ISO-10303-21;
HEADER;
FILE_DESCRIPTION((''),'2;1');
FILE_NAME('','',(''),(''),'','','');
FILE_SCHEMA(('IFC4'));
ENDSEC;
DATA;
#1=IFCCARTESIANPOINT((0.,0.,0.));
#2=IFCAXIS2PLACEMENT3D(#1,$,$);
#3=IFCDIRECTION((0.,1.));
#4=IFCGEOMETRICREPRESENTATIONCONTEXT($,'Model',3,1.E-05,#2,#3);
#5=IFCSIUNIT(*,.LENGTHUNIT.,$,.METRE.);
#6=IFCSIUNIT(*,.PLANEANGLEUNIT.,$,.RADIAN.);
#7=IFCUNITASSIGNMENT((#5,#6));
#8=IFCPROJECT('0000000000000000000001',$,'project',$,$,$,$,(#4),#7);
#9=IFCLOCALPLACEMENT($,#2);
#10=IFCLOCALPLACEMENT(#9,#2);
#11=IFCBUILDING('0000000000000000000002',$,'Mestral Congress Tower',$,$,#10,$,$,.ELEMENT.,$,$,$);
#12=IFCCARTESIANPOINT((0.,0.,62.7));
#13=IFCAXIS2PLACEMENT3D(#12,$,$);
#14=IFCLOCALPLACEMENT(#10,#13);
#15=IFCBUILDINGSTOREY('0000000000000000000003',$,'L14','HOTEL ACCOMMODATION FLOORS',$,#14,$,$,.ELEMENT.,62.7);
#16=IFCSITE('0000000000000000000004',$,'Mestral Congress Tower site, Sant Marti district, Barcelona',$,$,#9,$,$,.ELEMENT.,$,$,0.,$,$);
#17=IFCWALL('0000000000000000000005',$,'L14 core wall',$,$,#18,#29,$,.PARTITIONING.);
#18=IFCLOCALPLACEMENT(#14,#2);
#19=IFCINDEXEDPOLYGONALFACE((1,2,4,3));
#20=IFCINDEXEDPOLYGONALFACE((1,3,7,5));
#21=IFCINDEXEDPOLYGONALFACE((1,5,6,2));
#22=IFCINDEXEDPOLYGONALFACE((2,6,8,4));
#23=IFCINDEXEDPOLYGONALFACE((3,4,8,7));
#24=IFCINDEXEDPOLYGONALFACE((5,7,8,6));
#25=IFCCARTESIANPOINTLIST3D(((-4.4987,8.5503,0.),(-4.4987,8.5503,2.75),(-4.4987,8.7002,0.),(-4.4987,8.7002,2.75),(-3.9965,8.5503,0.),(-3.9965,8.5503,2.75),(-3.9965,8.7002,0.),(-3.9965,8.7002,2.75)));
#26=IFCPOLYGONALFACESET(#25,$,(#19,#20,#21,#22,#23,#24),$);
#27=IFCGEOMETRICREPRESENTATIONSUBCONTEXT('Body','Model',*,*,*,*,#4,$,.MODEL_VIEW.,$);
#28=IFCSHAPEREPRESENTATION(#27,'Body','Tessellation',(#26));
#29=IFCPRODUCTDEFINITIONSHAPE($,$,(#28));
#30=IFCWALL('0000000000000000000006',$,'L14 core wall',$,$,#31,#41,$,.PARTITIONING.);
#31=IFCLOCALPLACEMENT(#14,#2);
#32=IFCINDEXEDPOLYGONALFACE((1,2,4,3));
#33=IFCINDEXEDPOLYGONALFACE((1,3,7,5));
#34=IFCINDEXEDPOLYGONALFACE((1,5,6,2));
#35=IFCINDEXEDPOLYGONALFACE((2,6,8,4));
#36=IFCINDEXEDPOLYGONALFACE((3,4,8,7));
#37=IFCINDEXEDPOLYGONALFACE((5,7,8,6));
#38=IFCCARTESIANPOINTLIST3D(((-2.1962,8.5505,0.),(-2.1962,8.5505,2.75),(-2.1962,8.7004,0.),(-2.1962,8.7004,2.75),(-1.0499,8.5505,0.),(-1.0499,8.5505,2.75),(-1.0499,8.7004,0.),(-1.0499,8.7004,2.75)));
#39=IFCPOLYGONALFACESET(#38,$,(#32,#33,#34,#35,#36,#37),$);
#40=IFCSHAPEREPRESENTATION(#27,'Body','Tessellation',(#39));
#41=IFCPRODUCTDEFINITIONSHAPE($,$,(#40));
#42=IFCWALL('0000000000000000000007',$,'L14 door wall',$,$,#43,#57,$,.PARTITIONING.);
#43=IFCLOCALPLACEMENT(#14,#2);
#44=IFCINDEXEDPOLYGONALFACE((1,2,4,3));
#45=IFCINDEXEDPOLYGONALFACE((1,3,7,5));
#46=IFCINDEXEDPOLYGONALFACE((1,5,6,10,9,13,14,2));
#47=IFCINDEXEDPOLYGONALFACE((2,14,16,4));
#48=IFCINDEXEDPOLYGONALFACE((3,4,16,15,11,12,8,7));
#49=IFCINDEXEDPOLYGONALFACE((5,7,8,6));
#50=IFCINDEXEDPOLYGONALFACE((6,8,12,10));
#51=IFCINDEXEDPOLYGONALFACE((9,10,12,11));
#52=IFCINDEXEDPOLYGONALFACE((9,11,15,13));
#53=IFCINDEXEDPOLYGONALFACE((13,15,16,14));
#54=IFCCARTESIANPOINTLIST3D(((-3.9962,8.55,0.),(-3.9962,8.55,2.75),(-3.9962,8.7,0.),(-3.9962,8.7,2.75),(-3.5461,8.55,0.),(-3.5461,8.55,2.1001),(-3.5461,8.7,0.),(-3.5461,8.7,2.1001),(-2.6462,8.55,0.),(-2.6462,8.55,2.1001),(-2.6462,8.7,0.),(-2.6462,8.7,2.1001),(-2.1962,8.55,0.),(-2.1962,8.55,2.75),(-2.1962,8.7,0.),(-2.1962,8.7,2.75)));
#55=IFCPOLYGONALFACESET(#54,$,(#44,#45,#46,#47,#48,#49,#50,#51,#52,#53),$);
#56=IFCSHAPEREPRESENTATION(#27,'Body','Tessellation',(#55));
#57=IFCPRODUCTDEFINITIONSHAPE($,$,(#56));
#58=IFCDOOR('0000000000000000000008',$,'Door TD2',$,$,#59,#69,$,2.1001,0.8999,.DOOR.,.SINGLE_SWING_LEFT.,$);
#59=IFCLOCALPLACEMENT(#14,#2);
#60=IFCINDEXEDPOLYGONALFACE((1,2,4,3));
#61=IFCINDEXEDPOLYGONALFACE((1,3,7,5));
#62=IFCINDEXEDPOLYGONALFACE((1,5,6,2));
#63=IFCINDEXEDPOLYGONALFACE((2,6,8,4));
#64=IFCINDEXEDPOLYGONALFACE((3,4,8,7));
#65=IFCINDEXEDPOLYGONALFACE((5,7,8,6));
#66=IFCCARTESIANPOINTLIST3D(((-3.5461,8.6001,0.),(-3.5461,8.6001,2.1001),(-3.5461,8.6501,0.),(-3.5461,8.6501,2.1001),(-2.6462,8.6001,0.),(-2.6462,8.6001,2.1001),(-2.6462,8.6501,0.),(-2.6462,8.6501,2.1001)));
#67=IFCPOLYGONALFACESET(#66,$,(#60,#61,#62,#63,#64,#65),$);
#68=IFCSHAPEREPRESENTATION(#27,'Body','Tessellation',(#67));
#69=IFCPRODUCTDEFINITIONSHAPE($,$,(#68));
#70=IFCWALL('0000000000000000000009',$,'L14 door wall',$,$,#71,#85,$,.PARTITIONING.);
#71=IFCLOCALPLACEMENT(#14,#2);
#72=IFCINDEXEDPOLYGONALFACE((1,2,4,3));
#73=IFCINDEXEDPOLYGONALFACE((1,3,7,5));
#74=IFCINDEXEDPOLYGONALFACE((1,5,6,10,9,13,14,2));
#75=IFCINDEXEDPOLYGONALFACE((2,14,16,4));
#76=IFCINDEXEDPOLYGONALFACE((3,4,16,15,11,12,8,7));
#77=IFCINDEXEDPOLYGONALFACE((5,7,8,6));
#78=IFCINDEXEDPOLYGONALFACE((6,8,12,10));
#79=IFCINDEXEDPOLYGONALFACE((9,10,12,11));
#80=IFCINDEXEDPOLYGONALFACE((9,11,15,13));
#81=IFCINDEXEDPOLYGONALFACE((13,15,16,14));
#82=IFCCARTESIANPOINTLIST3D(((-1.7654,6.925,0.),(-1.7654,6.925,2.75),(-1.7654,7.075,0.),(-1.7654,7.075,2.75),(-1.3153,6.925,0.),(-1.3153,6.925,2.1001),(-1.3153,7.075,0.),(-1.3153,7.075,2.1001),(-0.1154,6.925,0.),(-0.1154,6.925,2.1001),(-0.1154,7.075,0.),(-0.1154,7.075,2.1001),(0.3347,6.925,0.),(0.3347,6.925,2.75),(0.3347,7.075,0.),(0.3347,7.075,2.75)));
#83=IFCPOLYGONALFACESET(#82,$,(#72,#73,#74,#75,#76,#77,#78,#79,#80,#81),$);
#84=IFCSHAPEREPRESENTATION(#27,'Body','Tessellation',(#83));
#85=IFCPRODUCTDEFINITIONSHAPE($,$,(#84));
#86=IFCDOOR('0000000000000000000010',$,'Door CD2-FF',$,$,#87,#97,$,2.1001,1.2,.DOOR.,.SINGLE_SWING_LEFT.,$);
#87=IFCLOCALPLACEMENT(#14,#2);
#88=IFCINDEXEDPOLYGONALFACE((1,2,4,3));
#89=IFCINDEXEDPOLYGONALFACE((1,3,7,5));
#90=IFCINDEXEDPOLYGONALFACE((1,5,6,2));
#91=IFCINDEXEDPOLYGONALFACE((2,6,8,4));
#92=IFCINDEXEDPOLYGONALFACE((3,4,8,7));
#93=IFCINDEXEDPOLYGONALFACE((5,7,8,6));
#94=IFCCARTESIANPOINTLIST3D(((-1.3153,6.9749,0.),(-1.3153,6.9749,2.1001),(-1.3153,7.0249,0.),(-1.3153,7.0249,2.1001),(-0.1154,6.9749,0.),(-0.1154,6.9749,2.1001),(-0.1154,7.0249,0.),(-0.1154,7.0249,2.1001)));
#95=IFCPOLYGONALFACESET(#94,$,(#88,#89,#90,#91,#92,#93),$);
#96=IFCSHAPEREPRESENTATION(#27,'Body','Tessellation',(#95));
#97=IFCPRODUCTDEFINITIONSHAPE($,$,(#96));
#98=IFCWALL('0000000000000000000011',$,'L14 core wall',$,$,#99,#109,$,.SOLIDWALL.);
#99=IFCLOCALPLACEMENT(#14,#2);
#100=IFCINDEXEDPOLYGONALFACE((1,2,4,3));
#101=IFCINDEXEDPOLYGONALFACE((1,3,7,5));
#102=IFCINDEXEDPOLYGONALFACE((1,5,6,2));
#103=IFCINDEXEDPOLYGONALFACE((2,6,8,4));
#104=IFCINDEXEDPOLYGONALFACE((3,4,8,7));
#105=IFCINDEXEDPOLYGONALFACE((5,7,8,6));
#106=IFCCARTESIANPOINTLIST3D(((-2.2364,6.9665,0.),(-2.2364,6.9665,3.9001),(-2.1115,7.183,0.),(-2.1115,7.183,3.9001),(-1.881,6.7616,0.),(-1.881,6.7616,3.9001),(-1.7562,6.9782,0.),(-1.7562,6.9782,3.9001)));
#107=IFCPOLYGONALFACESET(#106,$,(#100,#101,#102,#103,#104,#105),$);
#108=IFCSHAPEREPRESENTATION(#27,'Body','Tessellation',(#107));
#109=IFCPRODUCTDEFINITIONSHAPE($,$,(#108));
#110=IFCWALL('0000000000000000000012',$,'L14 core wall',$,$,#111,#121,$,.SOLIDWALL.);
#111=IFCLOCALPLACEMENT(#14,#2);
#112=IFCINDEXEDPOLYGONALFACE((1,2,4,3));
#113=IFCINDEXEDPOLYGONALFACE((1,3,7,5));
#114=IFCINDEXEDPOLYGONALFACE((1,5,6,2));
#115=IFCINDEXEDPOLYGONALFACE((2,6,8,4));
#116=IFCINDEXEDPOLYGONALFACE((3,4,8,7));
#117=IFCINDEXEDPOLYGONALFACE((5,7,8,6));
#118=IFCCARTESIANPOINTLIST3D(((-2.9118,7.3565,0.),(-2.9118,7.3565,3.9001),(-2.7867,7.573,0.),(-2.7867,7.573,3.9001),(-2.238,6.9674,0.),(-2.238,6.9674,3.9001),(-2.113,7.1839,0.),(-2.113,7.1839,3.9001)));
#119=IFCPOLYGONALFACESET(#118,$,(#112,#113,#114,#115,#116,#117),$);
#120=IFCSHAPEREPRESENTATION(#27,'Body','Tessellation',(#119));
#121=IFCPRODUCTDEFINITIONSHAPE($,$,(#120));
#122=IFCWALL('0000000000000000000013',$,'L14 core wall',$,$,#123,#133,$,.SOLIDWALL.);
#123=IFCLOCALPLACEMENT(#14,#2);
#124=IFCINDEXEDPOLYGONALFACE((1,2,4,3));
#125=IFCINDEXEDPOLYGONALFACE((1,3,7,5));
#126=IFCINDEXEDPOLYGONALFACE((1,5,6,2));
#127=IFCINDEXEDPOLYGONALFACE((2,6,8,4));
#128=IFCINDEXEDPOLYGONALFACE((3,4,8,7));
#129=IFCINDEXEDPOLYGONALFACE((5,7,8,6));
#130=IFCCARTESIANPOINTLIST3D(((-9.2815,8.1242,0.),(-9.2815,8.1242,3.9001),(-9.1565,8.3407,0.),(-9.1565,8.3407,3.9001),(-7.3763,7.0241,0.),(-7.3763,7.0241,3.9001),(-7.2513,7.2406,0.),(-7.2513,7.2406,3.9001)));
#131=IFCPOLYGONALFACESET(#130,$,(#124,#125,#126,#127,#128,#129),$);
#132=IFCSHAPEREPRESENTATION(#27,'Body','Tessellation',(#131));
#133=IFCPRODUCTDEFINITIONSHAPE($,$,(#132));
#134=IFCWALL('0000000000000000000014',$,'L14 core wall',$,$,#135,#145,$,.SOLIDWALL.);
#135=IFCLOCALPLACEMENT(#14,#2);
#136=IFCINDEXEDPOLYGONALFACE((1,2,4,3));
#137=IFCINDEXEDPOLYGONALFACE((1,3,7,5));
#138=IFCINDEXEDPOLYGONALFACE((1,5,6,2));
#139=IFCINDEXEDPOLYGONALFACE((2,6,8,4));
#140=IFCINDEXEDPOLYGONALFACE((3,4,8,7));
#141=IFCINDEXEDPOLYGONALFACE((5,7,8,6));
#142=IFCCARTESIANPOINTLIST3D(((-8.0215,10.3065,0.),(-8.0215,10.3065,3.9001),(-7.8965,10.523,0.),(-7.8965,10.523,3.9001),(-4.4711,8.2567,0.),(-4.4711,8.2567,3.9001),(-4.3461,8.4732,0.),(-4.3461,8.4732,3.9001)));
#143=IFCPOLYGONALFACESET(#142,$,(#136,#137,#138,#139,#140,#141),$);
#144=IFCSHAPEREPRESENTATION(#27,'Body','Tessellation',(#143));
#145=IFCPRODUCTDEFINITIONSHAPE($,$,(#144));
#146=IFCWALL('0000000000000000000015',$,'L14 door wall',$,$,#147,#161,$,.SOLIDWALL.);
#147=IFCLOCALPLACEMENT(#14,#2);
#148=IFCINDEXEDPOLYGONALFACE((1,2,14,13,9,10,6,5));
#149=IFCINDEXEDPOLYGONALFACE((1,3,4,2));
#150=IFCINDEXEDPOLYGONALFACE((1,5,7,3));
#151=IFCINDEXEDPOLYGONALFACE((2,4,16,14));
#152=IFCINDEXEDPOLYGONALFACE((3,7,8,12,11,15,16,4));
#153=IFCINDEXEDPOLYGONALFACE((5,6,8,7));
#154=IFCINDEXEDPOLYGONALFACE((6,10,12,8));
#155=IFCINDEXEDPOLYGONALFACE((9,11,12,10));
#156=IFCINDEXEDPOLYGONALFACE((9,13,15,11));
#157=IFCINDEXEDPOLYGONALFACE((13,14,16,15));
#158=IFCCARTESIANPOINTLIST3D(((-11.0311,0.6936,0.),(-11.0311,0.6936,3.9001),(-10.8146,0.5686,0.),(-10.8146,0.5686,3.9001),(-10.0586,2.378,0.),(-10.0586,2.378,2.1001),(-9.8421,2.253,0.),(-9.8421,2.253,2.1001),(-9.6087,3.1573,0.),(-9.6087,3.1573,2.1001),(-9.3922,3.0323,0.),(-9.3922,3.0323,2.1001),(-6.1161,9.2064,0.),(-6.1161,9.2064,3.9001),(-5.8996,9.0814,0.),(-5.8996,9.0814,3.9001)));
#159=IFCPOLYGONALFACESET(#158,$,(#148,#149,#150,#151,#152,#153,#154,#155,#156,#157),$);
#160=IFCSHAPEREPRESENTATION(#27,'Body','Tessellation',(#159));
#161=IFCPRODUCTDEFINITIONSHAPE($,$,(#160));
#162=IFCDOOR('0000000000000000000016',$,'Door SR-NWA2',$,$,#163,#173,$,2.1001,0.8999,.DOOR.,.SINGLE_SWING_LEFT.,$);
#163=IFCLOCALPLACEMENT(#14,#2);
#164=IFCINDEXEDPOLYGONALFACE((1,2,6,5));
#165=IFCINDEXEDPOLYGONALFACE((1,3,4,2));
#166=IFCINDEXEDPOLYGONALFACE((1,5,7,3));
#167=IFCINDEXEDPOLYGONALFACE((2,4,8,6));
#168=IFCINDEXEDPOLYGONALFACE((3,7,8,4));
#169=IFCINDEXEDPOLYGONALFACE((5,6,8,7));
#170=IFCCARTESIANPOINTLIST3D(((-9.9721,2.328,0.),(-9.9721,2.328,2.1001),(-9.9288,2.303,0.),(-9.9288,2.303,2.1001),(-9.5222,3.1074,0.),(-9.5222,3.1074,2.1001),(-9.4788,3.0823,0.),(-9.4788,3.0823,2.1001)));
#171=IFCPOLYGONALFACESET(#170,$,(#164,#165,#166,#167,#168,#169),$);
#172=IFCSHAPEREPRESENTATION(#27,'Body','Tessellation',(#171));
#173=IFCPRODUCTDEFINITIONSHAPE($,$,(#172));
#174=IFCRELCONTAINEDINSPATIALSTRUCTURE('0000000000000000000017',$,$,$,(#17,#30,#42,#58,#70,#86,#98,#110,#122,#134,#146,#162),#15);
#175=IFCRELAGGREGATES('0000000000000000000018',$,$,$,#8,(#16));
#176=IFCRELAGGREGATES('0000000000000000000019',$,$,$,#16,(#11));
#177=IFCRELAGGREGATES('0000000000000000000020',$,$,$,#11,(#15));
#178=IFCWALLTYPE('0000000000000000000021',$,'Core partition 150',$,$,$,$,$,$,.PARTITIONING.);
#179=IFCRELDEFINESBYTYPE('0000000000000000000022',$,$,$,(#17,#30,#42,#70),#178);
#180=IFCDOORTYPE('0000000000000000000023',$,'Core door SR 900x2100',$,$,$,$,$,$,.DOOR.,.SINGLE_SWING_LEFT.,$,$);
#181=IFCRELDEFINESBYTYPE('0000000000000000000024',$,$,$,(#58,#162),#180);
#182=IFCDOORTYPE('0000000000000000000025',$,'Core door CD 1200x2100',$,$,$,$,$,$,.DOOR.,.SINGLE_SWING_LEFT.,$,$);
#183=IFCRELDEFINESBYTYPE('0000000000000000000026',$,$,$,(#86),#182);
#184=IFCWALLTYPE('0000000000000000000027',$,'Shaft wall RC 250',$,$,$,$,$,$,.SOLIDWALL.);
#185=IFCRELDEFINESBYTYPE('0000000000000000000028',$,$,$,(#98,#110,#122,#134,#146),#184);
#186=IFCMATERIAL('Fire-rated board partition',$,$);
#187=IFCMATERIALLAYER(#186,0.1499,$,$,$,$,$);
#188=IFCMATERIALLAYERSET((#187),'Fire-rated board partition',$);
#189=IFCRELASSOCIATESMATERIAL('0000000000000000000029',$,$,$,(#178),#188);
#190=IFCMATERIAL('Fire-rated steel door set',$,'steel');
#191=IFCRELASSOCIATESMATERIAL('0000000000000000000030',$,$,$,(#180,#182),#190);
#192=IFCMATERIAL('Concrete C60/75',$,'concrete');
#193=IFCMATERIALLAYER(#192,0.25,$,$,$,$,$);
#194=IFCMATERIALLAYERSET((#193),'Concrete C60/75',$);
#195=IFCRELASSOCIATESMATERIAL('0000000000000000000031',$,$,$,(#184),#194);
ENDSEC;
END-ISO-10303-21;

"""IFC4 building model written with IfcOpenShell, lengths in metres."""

from ifc_helpers import new_model, si_unit, direction, frame, frame_2d, origin, place, context, subcontext, project, spatial, rectangle, extrude, material, layer, layer_set, type_object, element, fill, save


model = new_model("IFC4")

# Units and contexts
model_context = context("Model", 3, precision=1e-05, world=origin(), true_north=direction((0.0, 1.0)))
body_context = subcontext(model_context, "Body", "Model", "MODEL_VIEW")
ifc_project = project(units=[si_unit("LENGTHUNIT", "METRE"), si_unit("PLANEANGLEUNIT", "RADIAN")], contexts=[model_context])

# Site, building, storey
site_placement = place(None, origin())
site = spatial("IfcSite", under=ifc_project, at=site_placement, Name="Mestral Congress Tower site, Sant Marti district, Barcelona", CompositionType="ELEMENT", RefElevation=0.0)
building_placement = place(site_placement, origin())
building = spatial("IfcBuilding", under=site, at=building_placement, Name="Mestral Congress Tower", CompositionType="ELEMENT")
storey_placement = place(building_placement, frame((0.0, 0.0, 62.7)))
storey = spatial("IfcBuildingStorey", under=building, at=storey_placement, Name="L14", Description="HOTEL ACCOMMODATION FLOORS", CompositionType="ELEMENT", Elevation=62.7)

# Walls
ifc_material_1 = material(Name="Fire-rated board partition")
ifc_layer_1 = layer(ifc_material_1, 0.1499)
ifc_layer_set_1 = layer_set([ifc_layer_1], Name="Fire-rated board partition")
wall_type_1 = type_object("IfcWallType", Name="Core partition 150", PredefinedType="PARTITIONING", material=ifc_layer_set_1)
wall_1_placement = place(storey_placement, frame((-3.9966, 8.6252, 0.0), z_axis=(0.0, 0.0, 1.0), x_axis=(-1.0, 0.0, 0.0)))
element("IfcWall", 1, at=wall_1_placement, inside=storey, type_object=wall_type_1, Name="L14 core wall", PredefinedType="PARTITIONING", context=body_context, shape_type="SweptSolid", body=[
    extrude(rectangle(XDim=0.5022, YDim=0.1499, at=frame_2d((0.251, 0.0))), origin(), (0.0, 0.0, 1.0), 2.75),
])
wall_2_placement = place(storey_placement, frame((-2.1963, 8.6255, 0.0), z_axis=(0.0, 0.0, 1.0), x_axis=(1.0, 0.0, 0.0)))
element("IfcWall", 2, at=wall_2_placement, inside=storey, type_object=wall_type_1, Name="L14 core wall", PredefinedType="PARTITIONING", context=body_context, shape_type="SweptSolid", body=[
    extrude(rectangle(XDim=1.1462, YDim=0.1499, at=frame_2d((0.5732, 0.0))), origin(), (0.0, 0.0, 1.0), 2.75),
])

# Walls, openings, doors
wall_3_placement = place(storey_placement, frame((-2.1963, 8.625, 0.0), z_axis=(0.0, 0.0, 1.0), x_axis=(-1.0, 0.0, 0.0)))
wall_3 = element("IfcWall", 3, at=wall_3_placement, inside=storey, type_object=wall_type_1, Name="L14 door wall", PredefinedType="PARTITIONING", context=body_context, shape_type="SweptSolid", body=[
    extrude(rectangle(XDim=1.8, YDim=0.1499, at=frame_2d((0.8999, 0.0))), origin(), (0.0, 0.0, 1.0), 2.75),
])
opening_1_placement = place(wall_3_placement, frame((0.45, 0.0, 0.0)))
opening_1 = element("IfcOpeningElement", 4, at=opening_1_placement, cuts=wall_3, PredefinedType="OPENING", context=body_context, shape_type="SweptSolid", body=[
    extrude(rectangle(XDim=0.8999, YDim=2.1001, at=frame_2d((0.45, 1.05))), frame((0.0, 0.085, 0.0), z_axis=(0.0, -1.0, 0.0), x_axis=(1.0, 0.0, 0.0)), (0.0, 0.0, 1.0), 0.1699),
])
ifc_material_2 = material(Name="Fire-rated steel door set", Category="steel")
door_type_1 = type_object("IfcDoorType", Name="Core door SR 900x2100", OperationType="SINGLE_SWING_LEFT", PredefinedType="DOOR", material=ifc_material_2)
door_1_placement = place(opening_1_placement, origin())
door_1 = element("IfcDoor", 5, at=door_1_placement, inside=storey, type_object=door_type_1, Name="Door TD2", OperationType="SINGLE_SWING_LEFT", OverallHeight=2.1001, OverallWidth=0.8999, PredefinedType="DOOR", context=body_context, shape_type="SweptSolid", body=[
    extrude(rectangle(XDim=0.8999, YDim=2.1001, at=frame_2d((0.45, 1.05))), frame((0.0, 0.0249, 0.0), z_axis=(0.0, -1.0, 0.0), x_axis=(1.0, 0.0, 0.0)), (0.0, 0.0, 1.0), 0.05),
])
fill(opening_1, door_1)
wall_4_placement = place(storey_placement, frame((-1.7654, 7.0, 0.0), z_axis=(0.0, 0.0, 1.0), x_axis=(1.0, 0.0, 0.0)))
wall_4 = element("IfcWall", 6, at=wall_4_placement, inside=storey, type_object=wall_type_1, Name="L14 door wall", PredefinedType="PARTITIONING", context=body_context, shape_type="SweptSolid", body=[
    extrude(rectangle(XDim=2.1001, YDim=0.1499, at=frame_2d((1.05, 0.0))), origin(), (0.0, 0.0, 1.0), 2.75),
])
opening_2_placement = place(wall_4_placement, frame((0.45, 0.0, 0.0)))
opening_2 = element("IfcOpeningElement", 7, at=opening_2_placement, cuts=wall_4, PredefinedType="OPENING", context=body_context, shape_type="SweptSolid", body=[
    extrude(rectangle(XDim=1.2, YDim=2.1001, at=frame_2d((0.6001, 1.05))), frame((0.0, 0.085, 0.0), z_axis=(0.0, -1.0, 0.0), x_axis=(1.0, 0.0, 0.0)), (0.0, 0.0, 1.0), 0.1699),
])
door_type_2 = type_object("IfcDoorType", Name="Core door CD 1200x2100", OperationType="SINGLE_SWING_LEFT", PredefinedType="DOOR", material=ifc_material_2)
door_2_placement = place(opening_2_placement, origin())
door_2 = element("IfcDoor", 8, at=door_2_placement, inside=storey, type_object=door_type_2, Name="Door CD2-FF", OperationType="SINGLE_SWING_LEFT", OverallHeight=2.1001, OverallWidth=1.2, PredefinedType="DOOR", context=body_context, shape_type="SweptSolid", body=[
    extrude(rectangle(XDim=1.2, YDim=2.1001, at=frame_2d((0.6001, 1.05))), frame((0.0, 0.0249, 0.0), z_axis=(0.0, -1.0, 0.0), x_axis=(1.0, 0.0, 0.0)), (0.0, 0.0, 1.0), 0.05),
])
fill(opening_2, door_2)

# Walls
ifc_material_3 = material(Name="Concrete C60/75", Category="concrete")
ifc_layer_2 = layer(ifc_material_3, 0.25)
ifc_layer_set_2 = layer_set([ifc_layer_2], Name="Concrete C60/75")
wall_type_2 = type_object("IfcWallType", Name="Shaft wall RC 250", PredefinedType="SOLIDWALL", material=ifc_layer_set_2)
wall_5_placement = place(storey_placement, frame((-1.8186, 6.8699, 0.0), z_axis=(0.0, 0.0, 1.0), x_axis=(-0.866295, 0.499533, 0.0)))
element("IfcWall", 9, at=wall_5_placement, inside=storey, type_object=wall_type_2, Name="L14 core wall", PredefinedType="SOLIDWALL", context=body_context, shape_type="SweptSolid", body=[
    extrude(rectangle(XDim=0.4102, YDim=0.25, at=frame_2d((0.2051, 0.0))), origin(), (0.0, 0.0, 1.0), 3.9001),
])
wall_6_placement = place(storey_placement, frame((-2.8494, 7.4648, 0.0), z_axis=(0.0, 0.0, 1.0), x_axis=(0.865956, -0.500121, 0.0)))
element("IfcWall", 10, at=wall_6_placement, inside=storey, type_object=wall_type_2, Name="L14 core wall", PredefinedType="SOLIDWALL", context=body_context, shape_type="SweptSolid", body=[
    extrude(rectangle(XDim=0.7781, YDim=0.25, at=frame_2d((0.3892, 0.0))), origin(), (0.0, 0.0, 1.0), 3.9001),
])
wall_7_placement = place(storey_placement, frame((-7.3137, 7.1323, 0.0), z_axis=(0.0, 0.0, 1.0), x_axis=(-0.866008, 0.50003, 0.0)))
element("IfcWall", 11, at=wall_7_placement, inside=storey, type_object=wall_type_2, Name="L14 core wall", PredefinedType="SOLIDWALL", context=body_context, shape_type="SweptSolid", body=[
    extrude(rectangle(XDim=2.2, YDim=0.25, at=frame_2d((1.1001, 0.0))), origin(), (0.0, 0.0, 1.0), 3.9001),
])
wall_8_placement = place(storey_placement, frame((-7.959, 10.4148, 0.0), z_axis=(0.0, 0.0, 1.0), x_axis=(0.866021, -0.500008, 0.0)))
element("IfcWall", 12, at=wall_8_placement, inside=storey, type_object=wall_type_2, Name="L14 core wall", PredefinedType="SOLIDWALL", context=body_context, shape_type="SweptSolid", body=[
    extrude(rectangle(XDim=4.0996, YDim=0.25, at=frame_2d((2.0498, 0.0))), origin(), (0.0, 0.0, 1.0), 3.9001),
])

# Wall, opening, door
wall_9_placement = place(storey_placement, frame((-6.0078, 9.144, 0.0), z_axis=(0.0, 0.0, 1.0), x_axis=(-0.500007, -0.866021, 0.0)))
wall_9 = element("IfcWall", 13, at=wall_9_placement, inside=storey, type_object=wall_type_2, Name="L14 door wall", PredefinedType="SOLIDWALL", context=body_context, shape_type="SweptSolid", body=[
    extrude(rectangle(XDim=9.8298, YDim=0.25, at=frame_2d((4.915, 0.0))), origin(), (0.0, 0.0, 1.0), 3.9001),
])
opening_3_placement = place(wall_9_placement, frame((6.9851, 0.0, 0.0)))
opening_3 = element("IfcOpeningElement", 14, at=opening_3_placement, cuts=wall_9, PredefinedType="OPENING", context=body_context, shape_type="SweptSolid", body=[
    extrude(rectangle(XDim=0.8999, YDim=2.1001, at=frame_2d((0.45, 1.05))), frame((0.0, 0.135, 0.0), z_axis=(0.0, -1.0, 0.0), x_axis=(1.0, 0.0, 0.0)), (0.0, 0.0, 1.0), 0.27),
])
door_3_placement = place(opening_3_placement, origin())
door_3 = element("IfcDoor", 15, at=door_3_placement, inside=storey, type_object=door_type_1, Name="Door SR-NWA2", OperationType="SINGLE_SWING_LEFT", OverallHeight=2.1001, OverallWidth=0.8999, PredefinedType="DOOR", context=body_context, shape_type="SweptSolid", body=[
    extrude(rectangle(XDim=0.8999, YDim=2.1001, at=frame_2d((0.45, 1.05))), frame((0.0, 0.0249, 0.0), z_axis=(0.0, -1.0, 0.0), x_axis=(1.0, 0.0, 0.0)), (0.0, 0.0, 1.0), 0.05),
])
fill(opening_3, door_3)

save(model, "model.ifc")
